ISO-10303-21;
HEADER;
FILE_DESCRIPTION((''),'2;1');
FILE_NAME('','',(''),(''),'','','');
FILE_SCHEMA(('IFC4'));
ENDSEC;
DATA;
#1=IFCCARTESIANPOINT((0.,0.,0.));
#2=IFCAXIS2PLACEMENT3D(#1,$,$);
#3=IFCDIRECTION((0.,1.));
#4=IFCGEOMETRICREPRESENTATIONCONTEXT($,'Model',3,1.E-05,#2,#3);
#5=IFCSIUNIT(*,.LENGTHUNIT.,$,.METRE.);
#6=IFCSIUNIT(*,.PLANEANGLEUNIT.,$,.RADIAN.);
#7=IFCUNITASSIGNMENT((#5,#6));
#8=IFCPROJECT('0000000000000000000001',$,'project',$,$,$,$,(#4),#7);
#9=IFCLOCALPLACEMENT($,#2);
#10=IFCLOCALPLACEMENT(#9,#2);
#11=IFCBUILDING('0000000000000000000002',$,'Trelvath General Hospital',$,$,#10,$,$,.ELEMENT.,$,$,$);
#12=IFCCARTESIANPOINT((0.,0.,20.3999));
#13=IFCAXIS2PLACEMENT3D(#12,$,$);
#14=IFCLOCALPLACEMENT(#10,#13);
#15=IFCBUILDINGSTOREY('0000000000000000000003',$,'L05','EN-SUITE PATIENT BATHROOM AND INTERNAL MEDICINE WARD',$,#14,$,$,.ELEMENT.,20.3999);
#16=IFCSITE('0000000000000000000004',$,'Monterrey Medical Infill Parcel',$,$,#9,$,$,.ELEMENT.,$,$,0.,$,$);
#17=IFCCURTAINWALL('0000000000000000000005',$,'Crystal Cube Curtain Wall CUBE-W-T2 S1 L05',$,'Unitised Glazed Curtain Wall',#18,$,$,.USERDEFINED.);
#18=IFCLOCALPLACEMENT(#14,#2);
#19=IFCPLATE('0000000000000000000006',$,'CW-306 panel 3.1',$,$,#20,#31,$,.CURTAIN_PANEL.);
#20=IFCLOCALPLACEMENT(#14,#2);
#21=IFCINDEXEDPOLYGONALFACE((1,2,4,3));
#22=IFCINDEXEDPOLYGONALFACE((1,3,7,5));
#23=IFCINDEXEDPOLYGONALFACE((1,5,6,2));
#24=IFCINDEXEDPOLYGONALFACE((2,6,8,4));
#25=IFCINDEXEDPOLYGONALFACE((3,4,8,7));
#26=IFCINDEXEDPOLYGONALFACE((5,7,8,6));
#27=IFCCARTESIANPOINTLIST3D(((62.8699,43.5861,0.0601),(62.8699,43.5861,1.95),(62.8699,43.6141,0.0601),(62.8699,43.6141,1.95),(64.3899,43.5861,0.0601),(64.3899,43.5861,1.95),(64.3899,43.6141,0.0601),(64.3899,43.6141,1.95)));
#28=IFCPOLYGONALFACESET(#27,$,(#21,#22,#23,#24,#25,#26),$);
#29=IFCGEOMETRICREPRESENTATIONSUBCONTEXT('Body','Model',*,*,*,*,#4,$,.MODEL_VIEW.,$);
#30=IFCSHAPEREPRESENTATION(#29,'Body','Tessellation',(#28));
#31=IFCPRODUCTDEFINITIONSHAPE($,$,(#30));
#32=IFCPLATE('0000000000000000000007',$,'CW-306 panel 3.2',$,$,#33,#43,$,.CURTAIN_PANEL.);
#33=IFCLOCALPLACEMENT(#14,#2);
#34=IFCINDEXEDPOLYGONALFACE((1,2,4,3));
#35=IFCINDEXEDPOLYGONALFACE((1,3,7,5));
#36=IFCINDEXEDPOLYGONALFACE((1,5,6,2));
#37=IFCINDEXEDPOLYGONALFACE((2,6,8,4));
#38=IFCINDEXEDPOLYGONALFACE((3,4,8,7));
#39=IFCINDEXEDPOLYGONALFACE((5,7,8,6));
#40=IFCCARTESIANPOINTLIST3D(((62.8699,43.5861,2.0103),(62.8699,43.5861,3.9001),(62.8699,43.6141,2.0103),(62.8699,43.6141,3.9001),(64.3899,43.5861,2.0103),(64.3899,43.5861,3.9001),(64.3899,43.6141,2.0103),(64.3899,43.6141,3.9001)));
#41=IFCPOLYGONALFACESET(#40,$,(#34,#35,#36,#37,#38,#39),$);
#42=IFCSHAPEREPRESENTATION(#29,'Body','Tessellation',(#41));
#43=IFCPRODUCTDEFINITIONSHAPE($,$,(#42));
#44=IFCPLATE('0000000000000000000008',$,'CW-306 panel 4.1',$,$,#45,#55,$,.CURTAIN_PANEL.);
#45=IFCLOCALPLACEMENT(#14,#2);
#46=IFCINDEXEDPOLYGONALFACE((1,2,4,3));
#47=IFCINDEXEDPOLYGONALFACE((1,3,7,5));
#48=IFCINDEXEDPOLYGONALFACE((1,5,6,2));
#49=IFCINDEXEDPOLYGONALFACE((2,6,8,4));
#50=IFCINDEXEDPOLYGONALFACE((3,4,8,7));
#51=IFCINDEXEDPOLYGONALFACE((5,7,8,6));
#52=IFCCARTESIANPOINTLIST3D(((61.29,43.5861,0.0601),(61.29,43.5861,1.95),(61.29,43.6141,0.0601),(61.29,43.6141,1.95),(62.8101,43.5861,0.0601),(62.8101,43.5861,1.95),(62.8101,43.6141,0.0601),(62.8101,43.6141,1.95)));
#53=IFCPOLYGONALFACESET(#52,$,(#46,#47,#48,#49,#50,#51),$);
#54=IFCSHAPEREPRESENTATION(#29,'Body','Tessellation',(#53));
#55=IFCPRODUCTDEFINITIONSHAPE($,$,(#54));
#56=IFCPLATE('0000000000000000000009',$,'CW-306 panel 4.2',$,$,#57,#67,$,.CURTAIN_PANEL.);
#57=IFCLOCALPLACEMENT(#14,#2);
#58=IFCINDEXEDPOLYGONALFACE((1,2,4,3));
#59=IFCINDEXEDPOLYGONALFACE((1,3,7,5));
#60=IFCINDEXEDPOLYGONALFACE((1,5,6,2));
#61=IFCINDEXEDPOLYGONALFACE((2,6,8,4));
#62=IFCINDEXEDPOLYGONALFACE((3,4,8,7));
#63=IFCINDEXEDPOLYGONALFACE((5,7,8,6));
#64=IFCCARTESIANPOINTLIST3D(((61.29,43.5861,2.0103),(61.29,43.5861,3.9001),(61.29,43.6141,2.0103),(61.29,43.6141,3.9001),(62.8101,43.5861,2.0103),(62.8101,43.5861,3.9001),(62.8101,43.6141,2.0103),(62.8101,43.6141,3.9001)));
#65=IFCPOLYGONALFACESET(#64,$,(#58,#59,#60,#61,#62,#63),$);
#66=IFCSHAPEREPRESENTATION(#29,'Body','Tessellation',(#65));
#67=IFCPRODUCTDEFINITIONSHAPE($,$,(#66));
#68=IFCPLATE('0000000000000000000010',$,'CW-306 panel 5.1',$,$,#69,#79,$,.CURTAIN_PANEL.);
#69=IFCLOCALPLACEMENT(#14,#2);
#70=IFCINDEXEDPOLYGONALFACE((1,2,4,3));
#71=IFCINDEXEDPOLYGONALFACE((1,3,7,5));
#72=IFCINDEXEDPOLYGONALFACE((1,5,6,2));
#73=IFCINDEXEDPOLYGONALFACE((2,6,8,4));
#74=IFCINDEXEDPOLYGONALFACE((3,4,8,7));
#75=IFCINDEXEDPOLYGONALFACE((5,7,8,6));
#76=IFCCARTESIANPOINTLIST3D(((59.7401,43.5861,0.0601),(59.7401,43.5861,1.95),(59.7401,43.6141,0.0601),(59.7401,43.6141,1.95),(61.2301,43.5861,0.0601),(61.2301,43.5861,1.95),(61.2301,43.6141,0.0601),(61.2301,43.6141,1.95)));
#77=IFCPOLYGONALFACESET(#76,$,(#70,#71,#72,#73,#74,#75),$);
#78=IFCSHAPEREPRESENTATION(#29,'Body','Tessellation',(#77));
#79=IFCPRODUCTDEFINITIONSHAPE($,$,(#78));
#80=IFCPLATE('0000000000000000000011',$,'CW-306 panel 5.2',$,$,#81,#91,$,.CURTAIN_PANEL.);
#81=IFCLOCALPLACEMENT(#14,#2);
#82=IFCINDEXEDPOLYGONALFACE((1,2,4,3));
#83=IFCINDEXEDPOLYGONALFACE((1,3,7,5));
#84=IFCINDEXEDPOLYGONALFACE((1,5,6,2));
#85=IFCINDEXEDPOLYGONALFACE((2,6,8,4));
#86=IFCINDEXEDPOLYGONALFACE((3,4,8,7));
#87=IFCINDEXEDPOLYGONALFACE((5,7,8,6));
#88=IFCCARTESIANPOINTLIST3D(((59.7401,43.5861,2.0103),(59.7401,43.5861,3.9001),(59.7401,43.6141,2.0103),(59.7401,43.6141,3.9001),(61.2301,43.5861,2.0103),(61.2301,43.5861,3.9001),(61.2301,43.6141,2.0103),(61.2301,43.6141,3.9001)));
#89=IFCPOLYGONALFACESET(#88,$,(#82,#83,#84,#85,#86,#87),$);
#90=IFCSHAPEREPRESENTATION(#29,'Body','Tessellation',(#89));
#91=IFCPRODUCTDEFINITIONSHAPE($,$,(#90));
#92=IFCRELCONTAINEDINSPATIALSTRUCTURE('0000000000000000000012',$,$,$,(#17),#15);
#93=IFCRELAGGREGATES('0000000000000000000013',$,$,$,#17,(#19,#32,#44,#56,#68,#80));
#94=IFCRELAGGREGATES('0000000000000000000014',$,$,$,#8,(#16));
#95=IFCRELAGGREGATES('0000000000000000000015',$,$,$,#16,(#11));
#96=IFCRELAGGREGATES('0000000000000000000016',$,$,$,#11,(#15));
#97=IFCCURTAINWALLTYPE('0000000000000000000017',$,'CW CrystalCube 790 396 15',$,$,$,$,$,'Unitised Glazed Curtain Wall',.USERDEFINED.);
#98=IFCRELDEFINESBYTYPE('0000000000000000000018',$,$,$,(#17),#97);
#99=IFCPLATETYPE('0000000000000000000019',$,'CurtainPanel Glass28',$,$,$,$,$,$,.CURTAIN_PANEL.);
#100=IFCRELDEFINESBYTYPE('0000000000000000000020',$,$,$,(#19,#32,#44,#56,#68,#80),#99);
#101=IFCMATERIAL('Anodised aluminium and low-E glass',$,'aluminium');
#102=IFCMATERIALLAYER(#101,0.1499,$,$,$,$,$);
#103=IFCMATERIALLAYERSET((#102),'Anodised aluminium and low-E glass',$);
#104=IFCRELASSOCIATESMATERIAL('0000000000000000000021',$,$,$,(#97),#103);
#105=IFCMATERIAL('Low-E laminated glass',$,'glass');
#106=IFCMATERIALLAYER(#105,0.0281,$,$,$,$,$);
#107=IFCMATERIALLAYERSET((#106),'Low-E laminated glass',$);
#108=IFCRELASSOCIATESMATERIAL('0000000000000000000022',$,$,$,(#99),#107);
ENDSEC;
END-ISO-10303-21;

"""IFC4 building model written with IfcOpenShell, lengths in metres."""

from ifc_helpers import new_model, si_unit, direction, frame, origin, origin_2d, place, context, subcontext, project, spatial, rectangle, extrude, material, layer, layer_set, type_object, element, aggregate, save


model = new_model("IFC4")

# Units and contexts
model_context = context("Model", 3, precision=1e-05, world=origin(), true_north=direction((0.0, 1.0)))
body_context = subcontext(model_context, "Body", "Model", "MODEL_VIEW")
ifc_project = project(units=[si_unit("LENGTHUNIT", "METRE"), si_unit("PLANEANGLEUNIT", "RADIAN")], contexts=[model_context])

# Site, building, storey
site_placement = place(None, origin())
site = spatial("IfcSite", under=ifc_project, at=site_placement, Name="Monterrey Medical Infill Parcel", CompositionType="ELEMENT", RefElevation=0.0)
building_placement = place(site_placement, origin())
building = spatial("IfcBuilding", under=site, at=building_placement, Name="Trelvath General Hospital", CompositionType="ELEMENT")
storey_placement = place(building_placement, frame((0.0, 0.0, 20.3999)))
storey = spatial("IfcBuildingStorey", under=building, at=storey_placement, Name="L05", Description="EN-SUITE PATIENT BATHROOM AND INTERNAL MEDICINE WARD", CompositionType="ELEMENT", Elevation=20.3999)

# Curtain wall, plates
ifc_material_1 = material(Name="Anodised aluminium and low-E glass", Category="aluminium")
ifc_layer_1 = layer(ifc_material_1, 0.1499)
ifc_layer_set_1 = layer_set([ifc_layer_1], Name="Anodised aluminium and low-E glass")
curtain_wall_type = type_object("IfcCurtainWallType", Name="CW CrystalCube 790 396 15", ElementType="Unitised Glazed Curtain Wall", PredefinedType="USERDEFINED", material=ifc_layer_set_1)
curtain_wall_placement = place(storey_placement, origin())
curtain_wall = element("IfcCurtainWall", 1, at=curtain_wall_placement, inside=storey, type_object=curtain_wall_type, Name="Crystal Cube Curtain Wall CUBE-W-T2 S1 L05", ObjectType="Unitised Glazed Curtain Wall", PredefinedType="USERDEFINED")
ifc_material_2 = material(Name="Low-E laminated glass", Category="glass")
ifc_layer_2 = layer(ifc_material_2, 0.0281)
ifc_layer_set_2 = layer_set([ifc_layer_2], Name="Low-E laminated glass")
plate_type = type_object("IfcPlateType", Name="CurtainPanel Glass28", PredefinedType="CURTAIN_PANEL", material=ifc_layer_set_2)
plate_1_placement = place(storey_placement, frame((63.6299, 43.6001, 0.0601), z_axis=(0.0, 0.0, 1.0), x_axis=(-1.0, 0.0, 0.0)))
plate_1 = element("IfcPlate", 2, at=plate_1_placement, type_object=plate_type, Name="CW-306 panel 3.1", PredefinedType="CURTAIN_PANEL", context=body_context, shape_type="SweptSolid", body=[
    extrude(rectangle(XDim=1.52, YDim=0.0281, at=origin_2d()), origin(), (0.0, 0.0, 1.0), 1.8899),
])
plate_2_placement = place(storey_placement, frame((63.6299, 43.6001, 2.0103), z_axis=(0.0, 0.0, 1.0), x_axis=(-1.0, 0.0, 0.0)))
plate_2 = element("IfcPlate", 3, at=plate_2_placement, type_object=plate_type, Name="CW-306 panel 3.2", PredefinedType="CURTAIN_PANEL", context=body_context, shape_type="SweptSolid", body=[
    extrude(rectangle(XDim=1.52, YDim=0.0281, at=origin_2d()), origin(), (0.0, 0.0, 1.0), 1.8899),
])
plate_3_placement = place(storey_placement, frame((62.05, 43.6001, 0.0601), z_axis=(0.0, 0.0, 1.0), x_axis=(-1.0, 0.0, 0.0)))
plate_3 = element("IfcPlate", 4, at=plate_3_placement, type_object=plate_type, Name="CW-306 panel 4.1", PredefinedType="CURTAIN_PANEL", context=body_context, shape_type="SweptSolid", body=[
    extrude(rectangle(XDim=1.52, YDim=0.0281, at=origin_2d()), origin(), (0.0, 0.0, 1.0), 1.8899),
])
plate_4_placement = place(storey_placement, frame((62.05, 43.6001, 2.0103), z_axis=(0.0, 0.0, 1.0), x_axis=(-1.0, 0.0, 0.0)))
plate_4 = element("IfcPlate", 5, at=plate_4_placement, type_object=plate_type, Name="CW-306 panel 4.2", PredefinedType="CURTAIN_PANEL", context=body_context, shape_type="SweptSolid", body=[
    extrude(rectangle(XDim=1.52, YDim=0.0281, at=origin_2d()), origin(), (0.0, 0.0, 1.0), 1.8899),
])
plate_5_placement = place(storey_placement, frame((60.4851, 43.6001, 0.0601), z_axis=(0.0, 0.0, 1.0), x_axis=(-1.0, 0.0, 0.0)))
plate_5 = element("IfcPlate", 6, at=plate_5_placement, type_object=plate_type, Name="CW-306 panel 5.1", PredefinedType="CURTAIN_PANEL", context=body_context, shape_type="SweptSolid", body=[
    extrude(rectangle(XDim=1.49, YDim=0.0281, at=origin_2d()), origin(), (0.0, 0.0, 1.0), 1.8899),
])
plate_6_placement = place(storey_placement, frame((60.4851, 43.6001, 2.0103), z_axis=(0.0, 0.0, 1.0), x_axis=(-1.0, 0.0, 0.0)))
plate_6 = element("IfcPlate", 7, at=plate_6_placement, type_object=plate_type, Name="CW-306 panel 5.2", PredefinedType="CURTAIN_PANEL", context=body_context, shape_type="SweptSolid", body=[
    extrude(rectangle(XDim=1.49, YDim=0.0281, at=origin_2d()), origin(), (0.0, 0.0, 1.0), 1.8899),
])
aggregate(curtain_wall, [plate_1, plate_2, plate_3, plate_4, plate_5, plate_6])

save(model, "model.ifc")
